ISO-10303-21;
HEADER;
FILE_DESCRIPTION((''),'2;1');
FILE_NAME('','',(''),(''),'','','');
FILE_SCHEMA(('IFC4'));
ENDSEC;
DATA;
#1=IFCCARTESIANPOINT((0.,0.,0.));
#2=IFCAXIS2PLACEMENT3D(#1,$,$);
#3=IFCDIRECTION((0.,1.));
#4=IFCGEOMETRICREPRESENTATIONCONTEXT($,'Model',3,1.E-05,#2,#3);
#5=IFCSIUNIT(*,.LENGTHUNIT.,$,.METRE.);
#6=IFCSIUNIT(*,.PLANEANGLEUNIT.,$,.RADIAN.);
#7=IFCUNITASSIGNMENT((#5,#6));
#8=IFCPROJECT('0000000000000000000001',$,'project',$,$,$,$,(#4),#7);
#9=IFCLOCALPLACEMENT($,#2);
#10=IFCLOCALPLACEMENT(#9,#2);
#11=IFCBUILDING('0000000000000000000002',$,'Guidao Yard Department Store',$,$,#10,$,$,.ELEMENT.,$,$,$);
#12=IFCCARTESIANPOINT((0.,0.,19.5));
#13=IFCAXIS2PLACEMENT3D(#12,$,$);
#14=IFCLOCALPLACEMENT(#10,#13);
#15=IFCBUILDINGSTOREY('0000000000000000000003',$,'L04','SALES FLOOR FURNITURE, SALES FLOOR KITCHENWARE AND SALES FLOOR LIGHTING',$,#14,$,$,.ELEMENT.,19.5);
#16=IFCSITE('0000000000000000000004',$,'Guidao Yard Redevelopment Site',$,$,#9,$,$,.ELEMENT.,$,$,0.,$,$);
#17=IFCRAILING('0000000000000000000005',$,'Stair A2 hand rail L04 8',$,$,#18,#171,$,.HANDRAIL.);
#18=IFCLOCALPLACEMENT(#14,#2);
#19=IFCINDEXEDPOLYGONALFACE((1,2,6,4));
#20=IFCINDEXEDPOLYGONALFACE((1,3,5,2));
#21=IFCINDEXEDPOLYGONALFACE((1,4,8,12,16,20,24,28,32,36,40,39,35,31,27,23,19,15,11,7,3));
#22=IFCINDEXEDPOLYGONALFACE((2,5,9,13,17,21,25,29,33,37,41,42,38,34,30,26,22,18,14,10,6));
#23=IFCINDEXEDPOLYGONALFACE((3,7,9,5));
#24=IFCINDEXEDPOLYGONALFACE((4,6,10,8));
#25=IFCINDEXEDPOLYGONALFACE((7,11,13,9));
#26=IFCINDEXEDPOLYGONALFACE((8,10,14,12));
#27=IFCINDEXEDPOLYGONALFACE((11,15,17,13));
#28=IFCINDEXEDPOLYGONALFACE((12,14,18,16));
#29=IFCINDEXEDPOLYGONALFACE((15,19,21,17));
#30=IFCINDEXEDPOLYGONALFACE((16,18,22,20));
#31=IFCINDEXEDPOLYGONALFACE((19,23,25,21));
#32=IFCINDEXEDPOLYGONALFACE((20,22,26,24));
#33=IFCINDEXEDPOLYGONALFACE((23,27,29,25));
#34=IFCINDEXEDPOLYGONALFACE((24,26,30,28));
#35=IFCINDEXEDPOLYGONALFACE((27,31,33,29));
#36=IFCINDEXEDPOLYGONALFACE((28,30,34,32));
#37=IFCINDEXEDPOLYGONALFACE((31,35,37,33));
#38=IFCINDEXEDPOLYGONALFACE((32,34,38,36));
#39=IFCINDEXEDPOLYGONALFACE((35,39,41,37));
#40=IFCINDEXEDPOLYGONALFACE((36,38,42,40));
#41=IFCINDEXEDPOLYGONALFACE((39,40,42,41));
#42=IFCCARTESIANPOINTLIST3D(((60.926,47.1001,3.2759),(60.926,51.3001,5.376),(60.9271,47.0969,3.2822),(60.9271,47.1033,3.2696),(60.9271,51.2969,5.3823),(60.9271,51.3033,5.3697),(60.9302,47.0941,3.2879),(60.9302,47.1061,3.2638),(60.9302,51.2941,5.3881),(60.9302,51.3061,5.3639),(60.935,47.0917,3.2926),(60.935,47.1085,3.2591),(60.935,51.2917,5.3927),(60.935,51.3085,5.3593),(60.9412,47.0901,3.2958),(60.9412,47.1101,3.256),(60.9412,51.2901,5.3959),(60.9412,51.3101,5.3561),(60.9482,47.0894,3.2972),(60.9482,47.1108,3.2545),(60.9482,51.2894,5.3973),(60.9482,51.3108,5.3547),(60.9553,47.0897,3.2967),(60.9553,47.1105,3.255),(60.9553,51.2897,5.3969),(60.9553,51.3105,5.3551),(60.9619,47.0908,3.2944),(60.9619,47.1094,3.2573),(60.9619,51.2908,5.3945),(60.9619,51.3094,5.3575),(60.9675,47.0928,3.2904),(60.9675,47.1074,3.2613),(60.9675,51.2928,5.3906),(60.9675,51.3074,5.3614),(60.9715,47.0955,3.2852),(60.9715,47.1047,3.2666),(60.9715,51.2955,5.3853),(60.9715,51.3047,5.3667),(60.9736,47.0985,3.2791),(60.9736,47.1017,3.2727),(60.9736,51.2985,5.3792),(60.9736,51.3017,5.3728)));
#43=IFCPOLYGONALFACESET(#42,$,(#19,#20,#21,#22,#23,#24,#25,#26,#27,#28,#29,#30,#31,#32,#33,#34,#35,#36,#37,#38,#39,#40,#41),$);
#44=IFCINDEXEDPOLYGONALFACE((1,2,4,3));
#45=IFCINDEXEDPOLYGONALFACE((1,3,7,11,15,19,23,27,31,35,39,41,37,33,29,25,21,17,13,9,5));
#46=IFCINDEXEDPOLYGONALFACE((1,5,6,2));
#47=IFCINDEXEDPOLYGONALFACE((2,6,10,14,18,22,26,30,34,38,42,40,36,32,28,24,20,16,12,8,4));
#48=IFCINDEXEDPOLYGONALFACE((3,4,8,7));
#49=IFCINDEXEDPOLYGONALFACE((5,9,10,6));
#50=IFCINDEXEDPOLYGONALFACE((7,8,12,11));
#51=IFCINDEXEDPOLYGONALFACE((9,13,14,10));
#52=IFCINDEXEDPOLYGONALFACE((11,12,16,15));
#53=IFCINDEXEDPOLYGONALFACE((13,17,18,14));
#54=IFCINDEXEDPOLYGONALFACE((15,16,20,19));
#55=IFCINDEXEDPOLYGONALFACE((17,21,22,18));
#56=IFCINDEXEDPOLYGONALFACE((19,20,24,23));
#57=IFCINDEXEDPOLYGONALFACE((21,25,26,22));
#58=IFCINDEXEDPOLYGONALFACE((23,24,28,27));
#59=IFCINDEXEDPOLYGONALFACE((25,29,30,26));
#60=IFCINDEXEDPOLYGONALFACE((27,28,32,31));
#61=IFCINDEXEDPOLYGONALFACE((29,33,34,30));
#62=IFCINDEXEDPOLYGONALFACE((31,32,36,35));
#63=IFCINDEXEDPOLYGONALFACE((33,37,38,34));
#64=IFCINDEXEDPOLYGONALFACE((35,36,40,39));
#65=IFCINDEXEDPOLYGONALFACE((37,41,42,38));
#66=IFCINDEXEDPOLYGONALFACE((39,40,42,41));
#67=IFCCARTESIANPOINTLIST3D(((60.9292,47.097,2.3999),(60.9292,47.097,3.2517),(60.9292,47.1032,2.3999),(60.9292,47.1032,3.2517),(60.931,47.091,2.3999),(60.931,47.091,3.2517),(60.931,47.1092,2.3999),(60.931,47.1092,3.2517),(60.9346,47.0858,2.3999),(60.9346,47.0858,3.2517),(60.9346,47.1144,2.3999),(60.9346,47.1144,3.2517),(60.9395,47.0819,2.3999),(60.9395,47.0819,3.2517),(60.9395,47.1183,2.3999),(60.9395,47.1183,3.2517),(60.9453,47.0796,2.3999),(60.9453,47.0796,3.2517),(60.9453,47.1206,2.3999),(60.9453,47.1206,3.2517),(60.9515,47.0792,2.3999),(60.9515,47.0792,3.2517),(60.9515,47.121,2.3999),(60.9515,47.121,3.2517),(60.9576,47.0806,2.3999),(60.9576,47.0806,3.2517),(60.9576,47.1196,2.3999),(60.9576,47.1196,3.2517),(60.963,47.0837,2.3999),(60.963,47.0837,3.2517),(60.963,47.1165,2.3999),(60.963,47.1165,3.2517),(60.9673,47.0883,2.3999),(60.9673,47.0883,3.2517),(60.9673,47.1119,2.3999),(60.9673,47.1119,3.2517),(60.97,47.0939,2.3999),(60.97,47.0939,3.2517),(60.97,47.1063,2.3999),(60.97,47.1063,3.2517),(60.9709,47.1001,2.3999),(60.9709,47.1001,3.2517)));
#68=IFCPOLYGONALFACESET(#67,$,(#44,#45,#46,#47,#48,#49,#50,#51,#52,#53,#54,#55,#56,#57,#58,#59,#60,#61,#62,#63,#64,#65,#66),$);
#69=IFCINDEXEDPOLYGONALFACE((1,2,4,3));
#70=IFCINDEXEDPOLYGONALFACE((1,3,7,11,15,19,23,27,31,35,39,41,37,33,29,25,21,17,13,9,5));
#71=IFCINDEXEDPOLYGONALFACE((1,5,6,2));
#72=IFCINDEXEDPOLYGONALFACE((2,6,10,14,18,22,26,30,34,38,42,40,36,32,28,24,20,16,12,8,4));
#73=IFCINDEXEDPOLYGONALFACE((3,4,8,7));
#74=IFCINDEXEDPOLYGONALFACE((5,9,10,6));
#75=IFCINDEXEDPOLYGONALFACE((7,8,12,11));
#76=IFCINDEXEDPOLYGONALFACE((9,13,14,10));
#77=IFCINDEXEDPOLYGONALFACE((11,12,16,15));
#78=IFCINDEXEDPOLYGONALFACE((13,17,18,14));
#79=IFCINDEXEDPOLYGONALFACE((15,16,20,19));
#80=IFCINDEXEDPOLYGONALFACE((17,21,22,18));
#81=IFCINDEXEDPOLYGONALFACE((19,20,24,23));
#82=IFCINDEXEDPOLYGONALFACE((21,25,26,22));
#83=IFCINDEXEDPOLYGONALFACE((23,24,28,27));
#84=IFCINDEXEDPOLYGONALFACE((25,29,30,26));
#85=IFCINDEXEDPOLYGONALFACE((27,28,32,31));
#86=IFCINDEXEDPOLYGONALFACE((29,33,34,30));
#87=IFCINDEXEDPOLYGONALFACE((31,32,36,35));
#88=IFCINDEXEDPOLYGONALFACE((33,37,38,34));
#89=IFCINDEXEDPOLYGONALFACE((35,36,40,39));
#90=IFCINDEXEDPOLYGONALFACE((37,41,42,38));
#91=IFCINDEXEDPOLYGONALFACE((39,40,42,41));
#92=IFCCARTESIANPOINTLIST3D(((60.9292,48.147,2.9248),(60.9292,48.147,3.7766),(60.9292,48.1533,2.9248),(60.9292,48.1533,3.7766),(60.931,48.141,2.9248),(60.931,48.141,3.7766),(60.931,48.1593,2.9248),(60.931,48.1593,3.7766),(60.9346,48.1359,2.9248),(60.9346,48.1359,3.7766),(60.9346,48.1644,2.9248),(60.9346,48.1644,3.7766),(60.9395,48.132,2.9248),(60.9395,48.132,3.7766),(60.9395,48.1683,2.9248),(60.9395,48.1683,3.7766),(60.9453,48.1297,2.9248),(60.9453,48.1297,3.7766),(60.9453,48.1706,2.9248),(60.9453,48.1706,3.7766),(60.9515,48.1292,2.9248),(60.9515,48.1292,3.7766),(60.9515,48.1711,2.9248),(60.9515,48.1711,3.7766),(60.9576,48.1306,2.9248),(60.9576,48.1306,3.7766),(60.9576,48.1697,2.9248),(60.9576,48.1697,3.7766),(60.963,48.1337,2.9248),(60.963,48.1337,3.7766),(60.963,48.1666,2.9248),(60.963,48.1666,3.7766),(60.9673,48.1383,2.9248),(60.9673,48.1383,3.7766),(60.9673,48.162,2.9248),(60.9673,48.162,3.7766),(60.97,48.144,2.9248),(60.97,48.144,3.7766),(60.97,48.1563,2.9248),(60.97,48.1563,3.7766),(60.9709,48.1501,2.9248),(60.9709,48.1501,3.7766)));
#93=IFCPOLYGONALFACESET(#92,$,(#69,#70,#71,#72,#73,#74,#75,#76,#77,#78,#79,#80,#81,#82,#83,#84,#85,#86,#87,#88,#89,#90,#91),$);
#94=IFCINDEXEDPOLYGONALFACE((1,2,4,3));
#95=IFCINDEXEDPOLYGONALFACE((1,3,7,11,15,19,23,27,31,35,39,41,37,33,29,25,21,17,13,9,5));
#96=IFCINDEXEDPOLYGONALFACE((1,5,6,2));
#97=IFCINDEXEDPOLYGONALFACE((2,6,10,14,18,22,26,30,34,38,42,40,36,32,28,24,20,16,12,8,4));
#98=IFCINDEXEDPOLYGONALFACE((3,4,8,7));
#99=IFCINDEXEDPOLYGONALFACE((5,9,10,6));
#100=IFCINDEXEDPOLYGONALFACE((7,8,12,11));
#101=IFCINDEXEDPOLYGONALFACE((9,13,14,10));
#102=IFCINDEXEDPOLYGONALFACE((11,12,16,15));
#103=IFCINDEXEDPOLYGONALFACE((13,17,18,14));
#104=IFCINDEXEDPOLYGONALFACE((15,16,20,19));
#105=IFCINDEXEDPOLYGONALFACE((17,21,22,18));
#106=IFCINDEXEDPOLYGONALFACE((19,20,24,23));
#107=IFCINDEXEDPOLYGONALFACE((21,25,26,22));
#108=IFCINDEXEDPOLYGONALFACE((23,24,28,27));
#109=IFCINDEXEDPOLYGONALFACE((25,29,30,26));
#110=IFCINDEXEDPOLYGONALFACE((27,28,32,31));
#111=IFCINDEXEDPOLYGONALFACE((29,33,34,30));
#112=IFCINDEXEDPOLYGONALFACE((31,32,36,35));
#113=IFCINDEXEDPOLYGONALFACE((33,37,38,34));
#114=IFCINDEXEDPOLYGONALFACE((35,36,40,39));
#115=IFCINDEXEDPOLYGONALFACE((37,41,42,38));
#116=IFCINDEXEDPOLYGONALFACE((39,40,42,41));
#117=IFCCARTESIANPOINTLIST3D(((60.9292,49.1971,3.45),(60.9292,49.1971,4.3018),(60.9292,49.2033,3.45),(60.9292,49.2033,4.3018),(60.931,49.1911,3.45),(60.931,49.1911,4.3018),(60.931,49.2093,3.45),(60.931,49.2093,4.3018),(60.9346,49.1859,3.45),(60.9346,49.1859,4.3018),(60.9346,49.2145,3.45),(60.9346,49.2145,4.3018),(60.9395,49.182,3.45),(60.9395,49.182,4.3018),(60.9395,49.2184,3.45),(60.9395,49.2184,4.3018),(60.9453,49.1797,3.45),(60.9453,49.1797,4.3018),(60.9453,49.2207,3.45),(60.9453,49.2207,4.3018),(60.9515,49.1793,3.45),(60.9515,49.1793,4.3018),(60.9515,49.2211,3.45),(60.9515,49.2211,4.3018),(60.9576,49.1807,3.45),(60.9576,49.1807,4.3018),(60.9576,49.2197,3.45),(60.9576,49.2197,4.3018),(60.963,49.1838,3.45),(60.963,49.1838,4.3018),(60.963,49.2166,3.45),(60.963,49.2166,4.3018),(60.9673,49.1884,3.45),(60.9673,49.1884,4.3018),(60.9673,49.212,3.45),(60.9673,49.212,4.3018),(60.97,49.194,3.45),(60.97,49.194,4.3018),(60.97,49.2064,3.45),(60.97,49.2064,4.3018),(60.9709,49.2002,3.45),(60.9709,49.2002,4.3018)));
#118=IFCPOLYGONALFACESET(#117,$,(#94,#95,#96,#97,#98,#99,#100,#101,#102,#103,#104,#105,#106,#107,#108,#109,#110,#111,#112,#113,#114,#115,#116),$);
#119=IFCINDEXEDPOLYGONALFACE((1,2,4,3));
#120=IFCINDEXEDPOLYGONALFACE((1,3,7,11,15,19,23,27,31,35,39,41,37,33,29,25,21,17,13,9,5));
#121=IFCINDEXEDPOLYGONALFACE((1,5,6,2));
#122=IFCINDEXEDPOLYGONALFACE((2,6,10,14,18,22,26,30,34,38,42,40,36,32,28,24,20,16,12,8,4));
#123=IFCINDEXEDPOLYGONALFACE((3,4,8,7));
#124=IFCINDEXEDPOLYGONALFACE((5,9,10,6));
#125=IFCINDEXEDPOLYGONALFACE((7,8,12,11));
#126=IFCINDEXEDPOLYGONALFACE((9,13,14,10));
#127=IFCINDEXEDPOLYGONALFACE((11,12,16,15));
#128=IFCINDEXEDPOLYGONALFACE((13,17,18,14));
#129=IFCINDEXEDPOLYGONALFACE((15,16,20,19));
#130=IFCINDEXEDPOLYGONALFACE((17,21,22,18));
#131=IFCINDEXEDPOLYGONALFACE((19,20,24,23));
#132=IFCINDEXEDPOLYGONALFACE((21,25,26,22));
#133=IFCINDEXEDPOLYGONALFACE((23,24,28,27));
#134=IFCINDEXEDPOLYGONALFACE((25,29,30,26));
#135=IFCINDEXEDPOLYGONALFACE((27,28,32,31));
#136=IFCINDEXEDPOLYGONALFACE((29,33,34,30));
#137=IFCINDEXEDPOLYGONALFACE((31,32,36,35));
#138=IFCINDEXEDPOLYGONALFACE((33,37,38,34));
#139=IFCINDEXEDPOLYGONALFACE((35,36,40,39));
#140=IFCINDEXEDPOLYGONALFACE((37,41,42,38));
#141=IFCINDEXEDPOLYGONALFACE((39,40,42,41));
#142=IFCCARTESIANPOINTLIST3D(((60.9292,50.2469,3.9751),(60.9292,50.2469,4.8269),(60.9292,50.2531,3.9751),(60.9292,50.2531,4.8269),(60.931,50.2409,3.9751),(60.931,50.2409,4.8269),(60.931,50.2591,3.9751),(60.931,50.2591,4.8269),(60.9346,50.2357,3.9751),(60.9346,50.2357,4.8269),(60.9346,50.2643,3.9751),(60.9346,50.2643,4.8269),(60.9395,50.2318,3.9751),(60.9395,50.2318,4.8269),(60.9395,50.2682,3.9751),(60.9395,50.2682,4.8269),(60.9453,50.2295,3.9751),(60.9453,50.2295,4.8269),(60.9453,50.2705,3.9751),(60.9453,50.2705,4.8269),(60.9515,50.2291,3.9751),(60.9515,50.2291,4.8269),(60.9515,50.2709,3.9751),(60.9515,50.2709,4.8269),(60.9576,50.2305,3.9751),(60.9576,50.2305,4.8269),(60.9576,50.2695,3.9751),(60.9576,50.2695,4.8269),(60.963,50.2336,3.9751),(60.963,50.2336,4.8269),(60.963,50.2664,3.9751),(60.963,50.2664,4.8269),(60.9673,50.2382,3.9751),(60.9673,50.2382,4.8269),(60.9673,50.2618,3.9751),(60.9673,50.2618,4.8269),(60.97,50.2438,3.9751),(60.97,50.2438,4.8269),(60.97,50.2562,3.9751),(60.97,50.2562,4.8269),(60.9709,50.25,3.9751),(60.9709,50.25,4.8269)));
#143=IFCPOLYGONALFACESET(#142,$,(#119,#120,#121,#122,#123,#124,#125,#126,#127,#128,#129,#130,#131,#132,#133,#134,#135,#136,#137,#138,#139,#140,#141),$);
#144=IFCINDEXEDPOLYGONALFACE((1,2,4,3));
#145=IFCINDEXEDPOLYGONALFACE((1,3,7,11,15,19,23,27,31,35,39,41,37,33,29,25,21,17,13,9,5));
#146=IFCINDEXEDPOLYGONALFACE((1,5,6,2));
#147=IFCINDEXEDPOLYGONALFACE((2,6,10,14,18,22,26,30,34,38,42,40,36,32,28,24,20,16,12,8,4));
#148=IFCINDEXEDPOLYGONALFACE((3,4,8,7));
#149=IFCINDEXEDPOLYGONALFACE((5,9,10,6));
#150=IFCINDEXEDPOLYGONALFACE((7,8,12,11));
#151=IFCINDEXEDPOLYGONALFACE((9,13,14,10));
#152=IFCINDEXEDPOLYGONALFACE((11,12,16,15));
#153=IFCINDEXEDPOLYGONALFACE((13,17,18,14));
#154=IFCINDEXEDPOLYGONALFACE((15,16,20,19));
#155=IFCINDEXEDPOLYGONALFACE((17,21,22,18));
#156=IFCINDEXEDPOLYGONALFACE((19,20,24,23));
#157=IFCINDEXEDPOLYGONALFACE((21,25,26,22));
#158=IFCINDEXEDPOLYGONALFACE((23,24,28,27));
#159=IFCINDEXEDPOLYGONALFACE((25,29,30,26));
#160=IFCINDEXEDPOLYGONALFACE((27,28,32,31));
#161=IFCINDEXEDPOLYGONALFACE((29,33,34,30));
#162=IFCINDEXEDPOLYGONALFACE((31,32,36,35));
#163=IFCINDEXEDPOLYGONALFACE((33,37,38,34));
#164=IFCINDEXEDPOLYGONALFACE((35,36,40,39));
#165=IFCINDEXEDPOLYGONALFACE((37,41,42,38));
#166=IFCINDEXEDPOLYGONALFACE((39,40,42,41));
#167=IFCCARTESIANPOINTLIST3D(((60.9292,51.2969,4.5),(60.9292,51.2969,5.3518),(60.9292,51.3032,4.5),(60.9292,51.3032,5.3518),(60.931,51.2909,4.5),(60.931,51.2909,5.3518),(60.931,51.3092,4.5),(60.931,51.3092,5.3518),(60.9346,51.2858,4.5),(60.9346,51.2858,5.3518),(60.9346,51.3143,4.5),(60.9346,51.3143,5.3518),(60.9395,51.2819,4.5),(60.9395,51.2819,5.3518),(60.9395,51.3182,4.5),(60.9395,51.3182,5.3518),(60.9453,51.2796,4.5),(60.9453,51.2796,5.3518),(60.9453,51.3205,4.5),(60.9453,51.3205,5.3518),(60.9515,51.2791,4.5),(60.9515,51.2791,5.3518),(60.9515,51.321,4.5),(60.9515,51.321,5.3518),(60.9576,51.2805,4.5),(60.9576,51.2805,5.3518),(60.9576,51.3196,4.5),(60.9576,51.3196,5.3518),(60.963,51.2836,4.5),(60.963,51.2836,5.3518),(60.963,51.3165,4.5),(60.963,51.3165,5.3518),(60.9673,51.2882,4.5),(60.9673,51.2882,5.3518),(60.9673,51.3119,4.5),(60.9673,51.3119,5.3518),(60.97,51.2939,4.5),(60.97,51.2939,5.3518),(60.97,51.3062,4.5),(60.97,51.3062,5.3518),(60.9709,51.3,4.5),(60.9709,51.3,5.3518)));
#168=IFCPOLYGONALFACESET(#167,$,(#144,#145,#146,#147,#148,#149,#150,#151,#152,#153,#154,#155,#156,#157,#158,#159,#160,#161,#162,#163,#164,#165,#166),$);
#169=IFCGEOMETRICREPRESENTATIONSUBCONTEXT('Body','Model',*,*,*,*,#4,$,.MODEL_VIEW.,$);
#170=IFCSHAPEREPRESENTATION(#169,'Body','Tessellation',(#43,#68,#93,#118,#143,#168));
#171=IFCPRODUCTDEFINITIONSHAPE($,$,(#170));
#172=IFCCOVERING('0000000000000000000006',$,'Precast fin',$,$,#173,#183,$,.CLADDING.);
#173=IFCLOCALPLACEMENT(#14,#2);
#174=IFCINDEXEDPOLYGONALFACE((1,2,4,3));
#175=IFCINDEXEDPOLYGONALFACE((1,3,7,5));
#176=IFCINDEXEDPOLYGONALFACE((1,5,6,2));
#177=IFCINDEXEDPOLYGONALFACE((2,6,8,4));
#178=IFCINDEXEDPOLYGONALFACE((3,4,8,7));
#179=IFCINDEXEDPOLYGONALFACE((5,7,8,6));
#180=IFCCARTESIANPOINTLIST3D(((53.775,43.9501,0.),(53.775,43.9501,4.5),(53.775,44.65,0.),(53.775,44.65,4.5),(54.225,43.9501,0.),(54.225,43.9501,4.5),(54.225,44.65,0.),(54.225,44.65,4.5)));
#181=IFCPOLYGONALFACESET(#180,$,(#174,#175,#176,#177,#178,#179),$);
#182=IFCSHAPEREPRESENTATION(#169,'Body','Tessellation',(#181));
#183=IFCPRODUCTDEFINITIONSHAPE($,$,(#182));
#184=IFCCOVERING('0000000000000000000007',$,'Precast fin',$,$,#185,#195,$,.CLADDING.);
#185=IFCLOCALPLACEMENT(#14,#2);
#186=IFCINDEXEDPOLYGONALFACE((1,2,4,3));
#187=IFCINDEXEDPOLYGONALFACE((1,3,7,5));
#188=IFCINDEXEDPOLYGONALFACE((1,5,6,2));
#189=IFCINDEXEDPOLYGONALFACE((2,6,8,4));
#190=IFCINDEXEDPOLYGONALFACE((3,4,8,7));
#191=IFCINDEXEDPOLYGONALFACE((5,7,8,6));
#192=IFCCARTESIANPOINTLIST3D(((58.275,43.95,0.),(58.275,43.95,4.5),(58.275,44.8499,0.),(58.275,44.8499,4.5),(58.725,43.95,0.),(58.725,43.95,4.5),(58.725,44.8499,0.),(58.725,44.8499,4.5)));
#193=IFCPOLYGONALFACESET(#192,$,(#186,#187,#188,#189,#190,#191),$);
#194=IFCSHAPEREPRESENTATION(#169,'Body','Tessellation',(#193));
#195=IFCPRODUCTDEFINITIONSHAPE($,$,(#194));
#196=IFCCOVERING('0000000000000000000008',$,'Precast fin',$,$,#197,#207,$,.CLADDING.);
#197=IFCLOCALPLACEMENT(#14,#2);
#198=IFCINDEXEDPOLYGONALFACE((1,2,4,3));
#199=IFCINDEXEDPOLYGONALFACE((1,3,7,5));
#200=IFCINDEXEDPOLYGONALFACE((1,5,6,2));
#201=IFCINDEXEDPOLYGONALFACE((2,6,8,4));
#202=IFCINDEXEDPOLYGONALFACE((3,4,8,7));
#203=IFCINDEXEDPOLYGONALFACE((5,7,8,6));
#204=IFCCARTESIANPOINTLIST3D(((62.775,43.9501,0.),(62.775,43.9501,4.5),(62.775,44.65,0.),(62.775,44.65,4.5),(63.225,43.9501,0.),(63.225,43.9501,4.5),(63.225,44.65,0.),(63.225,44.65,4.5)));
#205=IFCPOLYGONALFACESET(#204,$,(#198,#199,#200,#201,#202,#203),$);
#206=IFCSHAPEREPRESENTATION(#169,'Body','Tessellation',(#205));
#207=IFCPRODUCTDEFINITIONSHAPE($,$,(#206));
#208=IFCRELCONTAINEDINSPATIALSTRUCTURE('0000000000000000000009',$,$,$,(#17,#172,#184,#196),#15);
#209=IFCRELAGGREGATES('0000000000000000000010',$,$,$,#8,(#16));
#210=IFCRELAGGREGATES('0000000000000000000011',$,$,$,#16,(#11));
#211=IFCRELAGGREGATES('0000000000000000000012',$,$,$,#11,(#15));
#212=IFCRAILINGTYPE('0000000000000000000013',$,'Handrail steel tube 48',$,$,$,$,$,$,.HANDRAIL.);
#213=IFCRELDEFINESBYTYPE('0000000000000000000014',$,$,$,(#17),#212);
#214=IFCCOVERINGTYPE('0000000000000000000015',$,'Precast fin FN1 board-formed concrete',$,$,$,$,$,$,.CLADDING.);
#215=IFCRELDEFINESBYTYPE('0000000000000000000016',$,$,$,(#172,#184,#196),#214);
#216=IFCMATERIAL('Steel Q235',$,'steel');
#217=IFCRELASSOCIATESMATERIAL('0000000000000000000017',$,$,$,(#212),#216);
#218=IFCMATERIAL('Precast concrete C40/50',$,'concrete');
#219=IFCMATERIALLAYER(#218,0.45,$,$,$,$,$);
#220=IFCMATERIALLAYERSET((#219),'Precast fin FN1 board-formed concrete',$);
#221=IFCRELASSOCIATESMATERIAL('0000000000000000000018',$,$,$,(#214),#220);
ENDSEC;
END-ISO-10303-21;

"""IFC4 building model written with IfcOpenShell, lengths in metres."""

from ifc_helpers import new_model, si_unit, direction, frame, origin, origin_2d, place, context, subcontext, project, spatial, rectangle, circle, extrude, material, layer, layer_set, type_object, element, save


model = new_model("IFC4")

# Units and contexts
model_context = context("Model", 3, precision=1e-05, world=origin(), true_north=direction((0.0, 1.0)))
body_context = subcontext(model_context, "Body", "Model", "MODEL_VIEW")
ifc_project = project(units=[si_unit("LENGTHUNIT", "METRE"), si_unit("PLANEANGLEUNIT", "RADIAN")], contexts=[model_context])

# Site, building, storey
site_placement = place(None, origin())
site = spatial("IfcSite", under=ifc_project, at=site_placement, Name="Guidao Yard Redevelopment Site", CompositionType="ELEMENT", RefElevation=0.0)
building_placement = place(site_placement, origin())
building = spatial("IfcBuilding", under=site, at=building_placement, Name="Guidao Yard Department Store", CompositionType="ELEMENT")
storey_placement = place(building_placement, frame((0.0, 0.0, 19.5)))
storey = spatial("IfcBuildingStorey", under=building, at=storey_placement, Name="L04", Description="SALES FLOOR FURNITURE, SALES FLOOR KITCHENWARE AND SALES FLOOR LIGHTING", CompositionType="ELEMENT", Elevation=19.5)

# Railing
ifc_material_1 = material(Name="Steel Q235", Category="steel")
railing_type_1 = type_object("IfcRailingType", Name="Handrail steel tube 48", PredefinedType="HANDRAIL", material=ifc_material_1)
for number, where, name in (
    (1, (60.95, 47.1001, 2.3999), "Stair A2 hand rail L04 8"),
):
    element("IfcRailing", number, at=place(storey_placement, frame(where)), inside=storey, type_object=railing_type_1, Name=name, PredefinedType="HANDRAIL", context=body_context, shape_type="SweptSolid", body=[
        extrude(circle(Radius=0.0239, at=origin_2d()), frame((0.0, 0.0, 0.876), z_axis=(0.0, 0.894417, 0.447234), x_axis=(-1.0, 0.0, 0.0)), (0.0, 0.0, 1.0), 4.6958),
        extrude(circle(Radius=0.021, at=origin_2d()), origin(), (0.0, 0.0, 1.0), 0.8518),
        extrude(circle(Radius=0.021, at=origin_2d()), frame((0.0, 1.05, 0.5249)), (0.0, 0.0, 1.0), 0.8518),
        extrude(circle(Radius=0.021, at=origin_2d()), frame((0.0, 2.1001, 1.05)), (0.0, 0.0, 1.0), 0.8518),
        extrude(circle(Radius=0.021, at=origin_2d()), frame((0.0, 3.1499, 1.5752)), (0.0, 0.0, 1.0), 0.8518),
        extrude(circle(Radius=0.021, at=origin_2d()), frame((0.0, 4.2, 2.1001)), (0.0, 0.0, 1.0), 0.8518),
    ])

# Coverings
ifc_material_2 = material(Name="Precast concrete C40/50", Category="concrete")
ifc_layer_1 = layer(ifc_material_2, 0.45)
ifc_layer_set_1 = layer_set([ifc_layer_1], Name="Precast fin FN1 board-formed concrete")
covering_type = type_object("IfcCoveringType", Name="Precast fin FN1 board-formed concrete", PredefinedType="CLADDING", material=ifc_layer_set_1)
covering_1_placement = place(storey_placement, frame((54.0, 44.3, 0.0), z_axis=(0.0, 0.0, 1.0), x_axis=(-1.0, 0.0, 0.0)))
element("IfcCovering", 2, at=covering_1_placement, inside=storey, type_object=covering_type, Name="Precast fin", PredefinedType="CLADDING", context=body_context, shape_type="SweptSolid", body=[
    extrude(rectangle(XDim=0.45, YDim=0.7, at=origin_2d()), origin(), (0.0, 0.0, 1.0), 4.5),
])
covering_2_placement = place(storey_placement, frame((58.5, 44.3999, 0.0), z_axis=(0.0, 0.0, 1.0), x_axis=(-1.0, 0.0, 0.0)))
element("IfcCovering", 3, at=covering_2_placement, inside=storey, type_object=covering_type, Name="Precast fin", PredefinedType="CLADDING", context=body_context, shape_type="SweptSolid", body=[
    extrude(rectangle(XDim=0.45, YDim=0.8999, at=origin_2d()), origin(), (0.0, 0.0, 1.0), 4.5),
])
covering_3_placement = place(storey_placement, frame((63.0, 44.3, 0.0), z_axis=(0.0, 0.0, 1.0), x_axis=(-1.0, 0.0, 0.0)))
element("IfcCovering", 4, at=covering_3_placement, inside=storey, type_object=covering_type, Name="Precast fin", PredefinedType="CLADDING", context=body_context, shape_type="SweptSolid", body=[
    extrude(rectangle(XDim=0.45, YDim=0.7, at=origin_2d()), origin(), (0.0, 0.0, 1.0), 4.5),
])

save(model, "model.ifc")
